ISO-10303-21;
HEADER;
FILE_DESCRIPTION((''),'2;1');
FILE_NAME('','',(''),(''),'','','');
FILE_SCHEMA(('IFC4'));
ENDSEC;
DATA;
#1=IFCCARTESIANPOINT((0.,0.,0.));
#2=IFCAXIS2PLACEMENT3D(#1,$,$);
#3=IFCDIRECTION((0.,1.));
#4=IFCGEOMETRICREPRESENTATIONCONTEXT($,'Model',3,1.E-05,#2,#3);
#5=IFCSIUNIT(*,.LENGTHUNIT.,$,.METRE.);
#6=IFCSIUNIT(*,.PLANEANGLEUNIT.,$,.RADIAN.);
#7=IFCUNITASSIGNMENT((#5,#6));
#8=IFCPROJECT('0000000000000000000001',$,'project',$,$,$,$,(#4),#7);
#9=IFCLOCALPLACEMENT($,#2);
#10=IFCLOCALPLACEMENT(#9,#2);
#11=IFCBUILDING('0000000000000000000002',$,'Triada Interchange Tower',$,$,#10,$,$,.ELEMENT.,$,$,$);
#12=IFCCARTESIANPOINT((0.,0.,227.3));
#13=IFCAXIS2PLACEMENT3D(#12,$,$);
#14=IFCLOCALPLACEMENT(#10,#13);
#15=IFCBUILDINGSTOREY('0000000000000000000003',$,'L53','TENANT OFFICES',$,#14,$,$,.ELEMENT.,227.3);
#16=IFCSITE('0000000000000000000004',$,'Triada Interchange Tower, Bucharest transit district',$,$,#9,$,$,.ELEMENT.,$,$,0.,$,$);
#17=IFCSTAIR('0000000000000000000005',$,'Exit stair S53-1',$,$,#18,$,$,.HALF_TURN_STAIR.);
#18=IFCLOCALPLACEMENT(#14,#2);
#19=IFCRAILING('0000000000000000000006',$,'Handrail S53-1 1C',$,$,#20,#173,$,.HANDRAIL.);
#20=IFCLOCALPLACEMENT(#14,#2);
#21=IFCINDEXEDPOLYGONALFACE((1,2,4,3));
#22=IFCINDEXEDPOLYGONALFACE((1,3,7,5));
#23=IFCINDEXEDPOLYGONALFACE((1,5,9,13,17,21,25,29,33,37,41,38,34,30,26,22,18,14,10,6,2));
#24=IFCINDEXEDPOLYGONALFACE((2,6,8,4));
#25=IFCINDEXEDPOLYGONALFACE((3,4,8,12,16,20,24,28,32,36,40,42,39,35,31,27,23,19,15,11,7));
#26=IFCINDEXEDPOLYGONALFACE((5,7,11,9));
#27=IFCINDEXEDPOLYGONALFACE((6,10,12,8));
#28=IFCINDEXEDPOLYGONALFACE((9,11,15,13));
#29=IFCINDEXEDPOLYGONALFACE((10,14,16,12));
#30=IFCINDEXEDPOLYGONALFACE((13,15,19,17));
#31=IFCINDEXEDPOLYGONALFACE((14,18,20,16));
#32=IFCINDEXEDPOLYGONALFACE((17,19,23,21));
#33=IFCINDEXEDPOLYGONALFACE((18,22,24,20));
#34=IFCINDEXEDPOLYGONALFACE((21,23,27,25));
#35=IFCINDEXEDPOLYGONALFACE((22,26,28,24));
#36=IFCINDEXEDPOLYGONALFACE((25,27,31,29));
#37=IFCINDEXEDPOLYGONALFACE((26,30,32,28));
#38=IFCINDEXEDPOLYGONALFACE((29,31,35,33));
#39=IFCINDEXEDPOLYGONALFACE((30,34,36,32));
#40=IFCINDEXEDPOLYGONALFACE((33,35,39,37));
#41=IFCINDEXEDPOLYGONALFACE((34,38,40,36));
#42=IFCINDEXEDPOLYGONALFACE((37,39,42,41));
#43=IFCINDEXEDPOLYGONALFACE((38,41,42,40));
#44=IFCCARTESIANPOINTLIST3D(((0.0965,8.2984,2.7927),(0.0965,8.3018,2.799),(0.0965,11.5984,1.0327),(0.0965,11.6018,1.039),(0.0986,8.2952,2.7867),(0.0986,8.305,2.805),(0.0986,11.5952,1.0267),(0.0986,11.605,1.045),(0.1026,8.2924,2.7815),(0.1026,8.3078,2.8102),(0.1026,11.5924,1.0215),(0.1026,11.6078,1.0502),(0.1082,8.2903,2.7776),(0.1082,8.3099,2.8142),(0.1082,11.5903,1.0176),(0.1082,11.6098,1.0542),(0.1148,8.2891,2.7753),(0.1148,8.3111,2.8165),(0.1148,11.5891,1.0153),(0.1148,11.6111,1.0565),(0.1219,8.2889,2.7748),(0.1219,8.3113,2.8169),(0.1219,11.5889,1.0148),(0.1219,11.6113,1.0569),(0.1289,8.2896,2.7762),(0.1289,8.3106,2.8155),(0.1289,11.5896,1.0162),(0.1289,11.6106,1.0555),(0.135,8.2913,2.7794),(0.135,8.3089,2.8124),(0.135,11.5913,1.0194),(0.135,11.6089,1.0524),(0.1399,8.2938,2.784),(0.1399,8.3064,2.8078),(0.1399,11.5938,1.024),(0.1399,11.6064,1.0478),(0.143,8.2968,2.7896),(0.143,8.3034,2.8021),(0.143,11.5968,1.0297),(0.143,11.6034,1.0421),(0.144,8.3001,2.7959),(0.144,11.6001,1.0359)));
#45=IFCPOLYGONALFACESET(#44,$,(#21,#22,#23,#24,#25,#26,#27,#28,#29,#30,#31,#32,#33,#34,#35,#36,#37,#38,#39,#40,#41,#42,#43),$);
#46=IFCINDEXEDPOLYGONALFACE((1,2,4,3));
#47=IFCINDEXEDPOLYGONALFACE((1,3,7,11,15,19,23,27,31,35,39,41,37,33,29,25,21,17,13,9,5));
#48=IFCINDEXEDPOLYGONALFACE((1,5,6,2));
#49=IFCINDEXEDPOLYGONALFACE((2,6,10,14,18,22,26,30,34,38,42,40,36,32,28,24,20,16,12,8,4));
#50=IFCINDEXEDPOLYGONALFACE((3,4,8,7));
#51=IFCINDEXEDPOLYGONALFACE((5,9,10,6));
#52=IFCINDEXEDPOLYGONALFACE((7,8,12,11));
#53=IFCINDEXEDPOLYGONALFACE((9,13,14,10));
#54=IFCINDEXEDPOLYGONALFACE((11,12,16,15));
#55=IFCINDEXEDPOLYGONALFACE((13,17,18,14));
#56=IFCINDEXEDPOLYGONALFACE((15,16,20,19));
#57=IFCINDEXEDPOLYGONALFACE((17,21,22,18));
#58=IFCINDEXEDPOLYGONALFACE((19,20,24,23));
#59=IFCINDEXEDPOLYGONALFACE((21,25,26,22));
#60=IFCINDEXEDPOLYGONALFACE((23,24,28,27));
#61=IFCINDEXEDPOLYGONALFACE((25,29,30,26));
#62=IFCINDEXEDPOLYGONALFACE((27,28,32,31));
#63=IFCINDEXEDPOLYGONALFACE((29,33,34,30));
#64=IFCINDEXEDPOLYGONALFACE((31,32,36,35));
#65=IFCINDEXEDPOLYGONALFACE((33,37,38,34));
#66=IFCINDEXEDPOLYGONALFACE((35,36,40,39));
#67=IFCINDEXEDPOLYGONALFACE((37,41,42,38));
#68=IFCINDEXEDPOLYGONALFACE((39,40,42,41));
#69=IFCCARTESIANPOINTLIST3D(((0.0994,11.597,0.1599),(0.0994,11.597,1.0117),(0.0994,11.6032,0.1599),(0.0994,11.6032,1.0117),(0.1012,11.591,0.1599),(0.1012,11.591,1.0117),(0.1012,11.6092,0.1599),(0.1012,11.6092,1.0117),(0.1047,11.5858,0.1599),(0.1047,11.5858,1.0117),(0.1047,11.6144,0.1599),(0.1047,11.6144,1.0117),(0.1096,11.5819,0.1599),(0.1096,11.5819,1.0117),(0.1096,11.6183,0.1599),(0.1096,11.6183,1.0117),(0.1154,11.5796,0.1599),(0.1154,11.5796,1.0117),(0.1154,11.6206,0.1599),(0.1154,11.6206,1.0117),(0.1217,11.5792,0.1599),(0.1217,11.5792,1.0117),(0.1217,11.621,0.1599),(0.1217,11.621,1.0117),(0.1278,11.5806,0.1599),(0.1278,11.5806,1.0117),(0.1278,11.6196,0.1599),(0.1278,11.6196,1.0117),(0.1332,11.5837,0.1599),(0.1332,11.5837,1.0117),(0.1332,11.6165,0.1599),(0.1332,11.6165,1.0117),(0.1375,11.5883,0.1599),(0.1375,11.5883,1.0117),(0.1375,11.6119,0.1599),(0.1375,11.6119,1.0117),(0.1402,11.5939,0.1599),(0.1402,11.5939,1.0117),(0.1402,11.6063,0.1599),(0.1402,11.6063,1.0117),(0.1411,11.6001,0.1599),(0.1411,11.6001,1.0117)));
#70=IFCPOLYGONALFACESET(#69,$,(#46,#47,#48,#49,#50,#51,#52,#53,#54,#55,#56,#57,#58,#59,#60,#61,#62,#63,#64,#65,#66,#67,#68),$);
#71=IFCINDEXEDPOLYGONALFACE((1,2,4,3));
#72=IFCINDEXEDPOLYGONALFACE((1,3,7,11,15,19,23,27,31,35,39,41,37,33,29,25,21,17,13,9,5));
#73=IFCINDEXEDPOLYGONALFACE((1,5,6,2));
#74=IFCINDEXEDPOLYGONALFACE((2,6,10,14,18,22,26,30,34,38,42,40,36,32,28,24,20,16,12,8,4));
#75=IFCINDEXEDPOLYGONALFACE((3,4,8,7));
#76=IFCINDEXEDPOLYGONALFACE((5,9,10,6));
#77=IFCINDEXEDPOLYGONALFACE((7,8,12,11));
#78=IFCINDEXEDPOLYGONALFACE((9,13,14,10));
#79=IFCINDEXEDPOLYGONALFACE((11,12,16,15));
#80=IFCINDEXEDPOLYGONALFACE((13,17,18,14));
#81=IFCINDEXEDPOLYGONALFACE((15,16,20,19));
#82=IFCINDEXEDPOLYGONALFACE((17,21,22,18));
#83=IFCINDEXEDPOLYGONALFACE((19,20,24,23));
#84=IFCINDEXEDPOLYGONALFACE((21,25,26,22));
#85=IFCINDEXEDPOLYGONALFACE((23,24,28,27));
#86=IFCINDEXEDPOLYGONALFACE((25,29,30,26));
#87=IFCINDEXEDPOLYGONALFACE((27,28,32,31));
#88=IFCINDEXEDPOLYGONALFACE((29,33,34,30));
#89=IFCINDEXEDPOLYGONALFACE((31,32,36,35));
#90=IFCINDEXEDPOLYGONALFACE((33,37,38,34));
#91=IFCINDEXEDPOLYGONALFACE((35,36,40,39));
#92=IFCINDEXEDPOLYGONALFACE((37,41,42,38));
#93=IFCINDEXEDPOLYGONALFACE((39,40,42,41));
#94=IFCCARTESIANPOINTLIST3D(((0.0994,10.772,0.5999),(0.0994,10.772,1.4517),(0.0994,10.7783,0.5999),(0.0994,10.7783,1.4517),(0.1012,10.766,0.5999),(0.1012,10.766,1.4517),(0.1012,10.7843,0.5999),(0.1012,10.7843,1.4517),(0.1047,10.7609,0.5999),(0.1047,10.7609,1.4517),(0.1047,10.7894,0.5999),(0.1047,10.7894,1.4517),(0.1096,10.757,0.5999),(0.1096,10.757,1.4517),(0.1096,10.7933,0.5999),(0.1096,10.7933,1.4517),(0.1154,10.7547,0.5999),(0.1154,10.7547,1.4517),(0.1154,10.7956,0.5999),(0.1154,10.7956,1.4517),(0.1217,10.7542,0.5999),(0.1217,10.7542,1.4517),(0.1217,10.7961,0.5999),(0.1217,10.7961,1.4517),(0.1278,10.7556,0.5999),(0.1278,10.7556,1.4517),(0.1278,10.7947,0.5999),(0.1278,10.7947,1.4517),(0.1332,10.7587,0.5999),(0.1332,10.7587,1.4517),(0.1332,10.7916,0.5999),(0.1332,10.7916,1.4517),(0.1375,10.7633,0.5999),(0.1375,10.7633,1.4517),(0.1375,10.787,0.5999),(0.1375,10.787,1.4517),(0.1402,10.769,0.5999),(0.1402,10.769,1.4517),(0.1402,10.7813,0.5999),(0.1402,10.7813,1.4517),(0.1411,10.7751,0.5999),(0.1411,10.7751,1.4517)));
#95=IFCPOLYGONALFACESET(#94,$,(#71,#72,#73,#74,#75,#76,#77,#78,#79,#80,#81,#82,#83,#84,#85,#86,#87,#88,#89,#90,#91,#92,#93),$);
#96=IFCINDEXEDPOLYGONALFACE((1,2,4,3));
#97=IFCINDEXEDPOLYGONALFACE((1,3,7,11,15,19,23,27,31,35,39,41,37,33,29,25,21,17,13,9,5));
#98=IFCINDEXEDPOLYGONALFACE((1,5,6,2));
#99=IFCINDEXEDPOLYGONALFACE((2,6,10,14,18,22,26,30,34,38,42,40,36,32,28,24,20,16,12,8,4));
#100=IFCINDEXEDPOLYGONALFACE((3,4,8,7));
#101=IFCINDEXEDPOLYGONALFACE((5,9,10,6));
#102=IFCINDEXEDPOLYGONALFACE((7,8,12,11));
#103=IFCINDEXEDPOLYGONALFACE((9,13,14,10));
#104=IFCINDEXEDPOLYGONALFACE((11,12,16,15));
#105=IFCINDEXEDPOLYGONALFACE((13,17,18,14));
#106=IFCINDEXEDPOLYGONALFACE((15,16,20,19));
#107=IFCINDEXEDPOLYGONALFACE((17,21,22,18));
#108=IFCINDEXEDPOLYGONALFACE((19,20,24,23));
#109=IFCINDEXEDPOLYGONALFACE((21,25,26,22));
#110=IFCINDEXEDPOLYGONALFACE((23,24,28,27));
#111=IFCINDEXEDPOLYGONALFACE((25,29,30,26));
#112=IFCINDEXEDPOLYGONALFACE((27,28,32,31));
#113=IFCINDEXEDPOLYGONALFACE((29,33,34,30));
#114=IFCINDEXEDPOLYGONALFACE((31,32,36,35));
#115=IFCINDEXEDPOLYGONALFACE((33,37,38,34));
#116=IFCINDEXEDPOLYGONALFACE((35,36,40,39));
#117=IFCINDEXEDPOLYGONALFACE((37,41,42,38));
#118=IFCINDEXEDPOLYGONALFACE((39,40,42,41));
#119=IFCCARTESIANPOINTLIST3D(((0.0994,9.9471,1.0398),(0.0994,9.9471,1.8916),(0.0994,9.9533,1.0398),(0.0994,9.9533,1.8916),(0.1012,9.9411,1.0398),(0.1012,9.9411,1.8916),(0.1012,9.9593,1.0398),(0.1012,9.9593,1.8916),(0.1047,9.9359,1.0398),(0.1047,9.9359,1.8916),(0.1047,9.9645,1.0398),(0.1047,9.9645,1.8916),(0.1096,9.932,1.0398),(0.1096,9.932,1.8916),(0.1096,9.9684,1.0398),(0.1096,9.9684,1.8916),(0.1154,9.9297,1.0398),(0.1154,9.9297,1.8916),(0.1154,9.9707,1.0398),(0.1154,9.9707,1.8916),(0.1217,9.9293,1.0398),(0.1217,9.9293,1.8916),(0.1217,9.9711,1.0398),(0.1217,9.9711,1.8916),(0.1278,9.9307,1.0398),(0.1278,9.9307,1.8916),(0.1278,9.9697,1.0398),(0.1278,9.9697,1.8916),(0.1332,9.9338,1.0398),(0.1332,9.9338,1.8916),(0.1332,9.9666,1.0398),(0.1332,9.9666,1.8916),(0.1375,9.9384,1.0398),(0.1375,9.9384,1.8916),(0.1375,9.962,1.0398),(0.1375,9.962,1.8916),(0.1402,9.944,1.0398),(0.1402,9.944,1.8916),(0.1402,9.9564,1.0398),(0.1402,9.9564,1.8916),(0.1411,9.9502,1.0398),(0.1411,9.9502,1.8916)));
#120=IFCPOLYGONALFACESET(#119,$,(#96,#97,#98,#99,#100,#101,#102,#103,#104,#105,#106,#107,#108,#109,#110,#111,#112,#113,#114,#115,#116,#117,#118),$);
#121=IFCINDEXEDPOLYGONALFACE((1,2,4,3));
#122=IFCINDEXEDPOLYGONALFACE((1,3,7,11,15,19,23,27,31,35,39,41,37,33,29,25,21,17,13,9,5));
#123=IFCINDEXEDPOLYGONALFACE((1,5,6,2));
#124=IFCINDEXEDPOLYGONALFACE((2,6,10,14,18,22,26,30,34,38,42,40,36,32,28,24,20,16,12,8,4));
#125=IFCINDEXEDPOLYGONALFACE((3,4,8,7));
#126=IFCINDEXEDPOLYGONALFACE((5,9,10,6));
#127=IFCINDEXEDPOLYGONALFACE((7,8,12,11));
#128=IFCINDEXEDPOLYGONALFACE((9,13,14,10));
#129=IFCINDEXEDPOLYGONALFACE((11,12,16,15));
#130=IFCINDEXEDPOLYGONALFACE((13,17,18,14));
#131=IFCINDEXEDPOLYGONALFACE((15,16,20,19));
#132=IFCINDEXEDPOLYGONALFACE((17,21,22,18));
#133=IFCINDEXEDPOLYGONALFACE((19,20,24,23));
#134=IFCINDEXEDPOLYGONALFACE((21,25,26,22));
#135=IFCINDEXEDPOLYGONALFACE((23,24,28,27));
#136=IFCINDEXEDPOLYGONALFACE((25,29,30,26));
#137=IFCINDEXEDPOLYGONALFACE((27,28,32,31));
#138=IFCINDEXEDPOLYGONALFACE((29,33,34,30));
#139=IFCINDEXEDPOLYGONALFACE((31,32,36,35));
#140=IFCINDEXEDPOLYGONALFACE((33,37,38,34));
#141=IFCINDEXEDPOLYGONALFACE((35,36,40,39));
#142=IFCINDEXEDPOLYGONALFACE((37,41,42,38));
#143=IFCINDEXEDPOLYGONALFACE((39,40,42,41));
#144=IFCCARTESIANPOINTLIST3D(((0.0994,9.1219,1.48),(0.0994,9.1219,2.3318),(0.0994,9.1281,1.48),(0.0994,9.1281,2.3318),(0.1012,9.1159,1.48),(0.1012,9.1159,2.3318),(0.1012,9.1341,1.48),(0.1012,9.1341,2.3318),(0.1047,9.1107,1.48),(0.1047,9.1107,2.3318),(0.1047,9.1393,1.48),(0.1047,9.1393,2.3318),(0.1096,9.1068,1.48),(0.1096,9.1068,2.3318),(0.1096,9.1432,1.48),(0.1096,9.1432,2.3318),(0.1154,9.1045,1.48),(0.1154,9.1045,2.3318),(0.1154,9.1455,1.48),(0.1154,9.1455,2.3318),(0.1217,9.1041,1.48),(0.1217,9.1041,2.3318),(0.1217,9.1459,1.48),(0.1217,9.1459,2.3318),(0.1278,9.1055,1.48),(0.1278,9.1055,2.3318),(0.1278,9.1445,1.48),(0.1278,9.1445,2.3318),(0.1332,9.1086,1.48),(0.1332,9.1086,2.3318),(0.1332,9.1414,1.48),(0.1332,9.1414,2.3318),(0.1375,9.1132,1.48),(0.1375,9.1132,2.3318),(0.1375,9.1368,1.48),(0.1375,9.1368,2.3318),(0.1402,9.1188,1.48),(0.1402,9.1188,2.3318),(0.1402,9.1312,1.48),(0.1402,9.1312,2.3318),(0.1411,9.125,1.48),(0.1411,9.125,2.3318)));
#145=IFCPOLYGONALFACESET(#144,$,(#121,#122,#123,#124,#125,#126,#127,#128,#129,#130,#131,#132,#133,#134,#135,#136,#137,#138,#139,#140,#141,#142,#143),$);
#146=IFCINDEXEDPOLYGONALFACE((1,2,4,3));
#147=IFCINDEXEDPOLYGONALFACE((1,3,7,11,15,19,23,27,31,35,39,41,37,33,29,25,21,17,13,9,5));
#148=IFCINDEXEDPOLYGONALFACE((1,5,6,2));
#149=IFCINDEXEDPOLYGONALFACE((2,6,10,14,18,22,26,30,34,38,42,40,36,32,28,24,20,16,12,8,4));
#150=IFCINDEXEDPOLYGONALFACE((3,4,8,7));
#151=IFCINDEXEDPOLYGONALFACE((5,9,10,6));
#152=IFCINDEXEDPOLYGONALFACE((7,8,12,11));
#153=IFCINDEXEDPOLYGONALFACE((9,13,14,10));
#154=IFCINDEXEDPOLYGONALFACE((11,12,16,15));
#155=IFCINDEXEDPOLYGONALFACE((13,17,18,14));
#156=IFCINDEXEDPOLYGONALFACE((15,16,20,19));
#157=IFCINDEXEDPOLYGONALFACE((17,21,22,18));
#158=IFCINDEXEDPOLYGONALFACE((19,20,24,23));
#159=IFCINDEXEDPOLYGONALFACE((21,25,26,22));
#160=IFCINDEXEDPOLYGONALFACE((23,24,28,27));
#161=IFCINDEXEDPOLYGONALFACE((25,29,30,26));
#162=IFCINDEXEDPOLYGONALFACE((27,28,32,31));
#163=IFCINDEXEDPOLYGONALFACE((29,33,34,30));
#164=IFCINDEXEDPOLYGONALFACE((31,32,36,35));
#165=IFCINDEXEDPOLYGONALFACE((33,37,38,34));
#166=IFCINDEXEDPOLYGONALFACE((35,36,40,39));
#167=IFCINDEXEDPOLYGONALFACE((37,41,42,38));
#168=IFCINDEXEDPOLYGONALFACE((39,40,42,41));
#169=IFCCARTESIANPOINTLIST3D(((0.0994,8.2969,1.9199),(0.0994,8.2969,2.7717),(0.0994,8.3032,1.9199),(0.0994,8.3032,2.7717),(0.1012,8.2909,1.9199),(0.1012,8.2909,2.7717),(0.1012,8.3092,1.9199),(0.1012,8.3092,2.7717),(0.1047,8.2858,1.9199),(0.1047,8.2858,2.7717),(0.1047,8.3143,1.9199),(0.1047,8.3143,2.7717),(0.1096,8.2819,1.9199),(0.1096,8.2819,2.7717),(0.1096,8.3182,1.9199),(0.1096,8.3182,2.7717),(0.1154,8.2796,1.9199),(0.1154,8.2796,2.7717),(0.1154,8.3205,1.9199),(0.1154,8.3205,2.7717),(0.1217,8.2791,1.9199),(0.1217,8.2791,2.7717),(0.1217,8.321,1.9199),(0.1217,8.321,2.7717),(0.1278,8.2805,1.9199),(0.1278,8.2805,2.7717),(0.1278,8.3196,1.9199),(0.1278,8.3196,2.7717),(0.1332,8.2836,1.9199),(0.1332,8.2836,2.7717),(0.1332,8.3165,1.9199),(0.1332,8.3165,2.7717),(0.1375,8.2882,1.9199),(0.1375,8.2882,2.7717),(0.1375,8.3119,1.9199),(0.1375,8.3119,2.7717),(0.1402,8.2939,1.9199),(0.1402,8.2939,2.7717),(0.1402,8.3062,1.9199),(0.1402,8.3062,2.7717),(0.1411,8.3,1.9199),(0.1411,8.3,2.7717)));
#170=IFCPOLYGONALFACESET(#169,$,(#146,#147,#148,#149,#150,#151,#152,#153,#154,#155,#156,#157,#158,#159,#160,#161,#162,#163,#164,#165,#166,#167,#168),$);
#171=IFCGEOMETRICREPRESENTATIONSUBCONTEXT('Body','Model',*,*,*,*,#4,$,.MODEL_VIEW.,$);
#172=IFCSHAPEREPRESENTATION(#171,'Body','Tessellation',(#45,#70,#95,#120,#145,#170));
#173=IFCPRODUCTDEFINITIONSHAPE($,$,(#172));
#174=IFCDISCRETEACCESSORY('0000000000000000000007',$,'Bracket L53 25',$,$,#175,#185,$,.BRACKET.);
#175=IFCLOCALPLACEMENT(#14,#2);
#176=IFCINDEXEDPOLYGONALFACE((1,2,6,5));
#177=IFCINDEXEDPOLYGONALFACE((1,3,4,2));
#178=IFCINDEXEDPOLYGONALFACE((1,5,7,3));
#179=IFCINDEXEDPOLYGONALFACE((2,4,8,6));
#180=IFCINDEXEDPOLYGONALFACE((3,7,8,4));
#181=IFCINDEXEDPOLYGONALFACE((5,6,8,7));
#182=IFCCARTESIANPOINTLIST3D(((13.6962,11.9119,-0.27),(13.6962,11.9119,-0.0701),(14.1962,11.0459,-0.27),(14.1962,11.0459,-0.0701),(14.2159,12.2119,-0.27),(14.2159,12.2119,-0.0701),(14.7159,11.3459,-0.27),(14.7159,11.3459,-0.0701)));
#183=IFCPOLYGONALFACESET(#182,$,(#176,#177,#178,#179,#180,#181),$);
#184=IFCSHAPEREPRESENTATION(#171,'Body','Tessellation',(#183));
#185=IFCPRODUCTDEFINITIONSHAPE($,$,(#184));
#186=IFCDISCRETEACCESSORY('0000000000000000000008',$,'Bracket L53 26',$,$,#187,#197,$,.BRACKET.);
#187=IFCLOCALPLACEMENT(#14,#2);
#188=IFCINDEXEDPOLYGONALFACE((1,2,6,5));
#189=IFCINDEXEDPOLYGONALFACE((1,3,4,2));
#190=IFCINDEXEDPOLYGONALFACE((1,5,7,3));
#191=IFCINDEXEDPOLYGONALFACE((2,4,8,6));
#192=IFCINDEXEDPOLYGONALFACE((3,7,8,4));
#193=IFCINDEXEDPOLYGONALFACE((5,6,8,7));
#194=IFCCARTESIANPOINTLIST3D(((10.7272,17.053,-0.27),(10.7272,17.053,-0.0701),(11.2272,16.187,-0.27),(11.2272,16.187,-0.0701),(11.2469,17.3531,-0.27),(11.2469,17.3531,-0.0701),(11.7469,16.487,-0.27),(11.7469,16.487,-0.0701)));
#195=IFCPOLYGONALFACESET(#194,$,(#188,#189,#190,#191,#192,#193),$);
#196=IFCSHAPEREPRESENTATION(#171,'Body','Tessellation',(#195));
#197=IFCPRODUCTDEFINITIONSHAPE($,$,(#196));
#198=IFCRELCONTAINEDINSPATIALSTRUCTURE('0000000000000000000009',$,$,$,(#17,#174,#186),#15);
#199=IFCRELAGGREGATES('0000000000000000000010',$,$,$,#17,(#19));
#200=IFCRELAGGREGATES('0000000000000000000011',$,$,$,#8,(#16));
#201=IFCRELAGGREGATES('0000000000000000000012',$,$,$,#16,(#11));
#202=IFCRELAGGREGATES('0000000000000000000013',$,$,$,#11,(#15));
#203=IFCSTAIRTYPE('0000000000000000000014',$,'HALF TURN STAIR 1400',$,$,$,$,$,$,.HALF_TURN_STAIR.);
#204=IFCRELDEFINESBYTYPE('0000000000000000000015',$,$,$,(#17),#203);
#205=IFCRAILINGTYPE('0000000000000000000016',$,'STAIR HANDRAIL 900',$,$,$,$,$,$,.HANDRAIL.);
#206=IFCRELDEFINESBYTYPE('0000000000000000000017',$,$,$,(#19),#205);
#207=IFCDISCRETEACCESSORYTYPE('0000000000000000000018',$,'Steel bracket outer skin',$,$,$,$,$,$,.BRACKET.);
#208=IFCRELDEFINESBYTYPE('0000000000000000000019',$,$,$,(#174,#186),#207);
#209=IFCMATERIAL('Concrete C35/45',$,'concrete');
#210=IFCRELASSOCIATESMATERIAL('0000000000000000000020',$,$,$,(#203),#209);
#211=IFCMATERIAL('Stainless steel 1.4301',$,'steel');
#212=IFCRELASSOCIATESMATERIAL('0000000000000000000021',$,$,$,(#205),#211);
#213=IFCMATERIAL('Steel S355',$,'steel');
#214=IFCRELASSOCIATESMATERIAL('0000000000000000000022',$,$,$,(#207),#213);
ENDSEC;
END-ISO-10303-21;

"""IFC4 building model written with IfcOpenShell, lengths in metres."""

from ifc_helpers import new_model, si_unit, direction, frame, origin, origin_2d, place, context, subcontext, project, spatial, rectangle, circle, extrude, material, type_object, element, aggregate, save


model = new_model("IFC4")

# Units and contexts
model_context = context("Model", 3, precision=1e-05, world=origin(), true_north=direction((0.0, 1.0)))
body_context = subcontext(model_context, "Body", "Model", "MODEL_VIEW")
ifc_project = project(units=[si_unit("LENGTHUNIT", "METRE"), si_unit("PLANEANGLEUNIT", "RADIAN")], contexts=[model_context])

# Site, building, storey
site_placement = place(None, origin())
site = spatial("IfcSite", under=ifc_project, at=site_placement, Name="Triada Interchange Tower, Bucharest transit district", CompositionType="ELEMENT", RefElevation=0.0)
building_placement = place(site_placement, origin())
building = spatial("IfcBuilding", under=site, at=building_placement, Name="Triada Interchange Tower", CompositionType="ELEMENT")
storey_placement = place(building_placement, frame((0.0, 0.0, 227.3)))
storey = spatial("IfcBuildingStorey", under=building, at=storey_placement, Name="L53", Description="TENANT OFFICES", CompositionType="ELEMENT", Elevation=227.3)

# Stair
ifc_material_1 = material(Name="Concrete C35/45", Category="concrete")
stair_type = type_object("IfcStairType", Name="HALF TURN STAIR 1400", PredefinedType="HALF_TURN_STAIR", material=ifc_material_1)
stair_placement = place(storey_placement, origin())
stair = element("IfcStair", 1, at=stair_placement, inside=storey, type_object=stair_type, Name="Exit stair S53-1", PredefinedType="HALF_TURN_STAIR")

# Railing
ifc_material_2 = material(Name="Stainless steel 1.4301", Category="steel")
railing_type = type_object("IfcRailingType", Name="STAIR HANDRAIL 900", PredefinedType="HANDRAIL", material=ifc_material_2)
railing_1_placement = place(storey_placement, frame((0.1201, 11.6001, 0.1599)))
railing_1 = element("IfcRailing", 2, at=railing_1_placement, type_object=railing_type, Name="Handrail S53-1 1C", PredefinedType="HANDRAIL", context=body_context, shape_type="SweptSolid", body=[
    extrude(circle(Radius=0.0239, at=origin_2d()), frame((0.0, 0.0, 0.876), z_axis=(0.0, -0.882355, 0.470585), x_axis=(1.0, 0.0, 0.0)), (0.0, 0.0, 1.0), 3.74),
    extrude(circle(Radius=0.021, at=origin_2d()), origin(), (0.0, 0.0, 1.0), 0.8518),
    extrude(circle(Radius=0.021, at=origin_2d()), frame((0.0, -0.825, 0.4399)), (0.0, 0.0, 1.0), 0.8518),
    extrude(circle(Radius=0.021, at=origin_2d()), frame((0.0, -1.6499, 0.8799)), (0.0, 0.0, 1.0), 0.8518),
    extrude(circle(Radius=0.021, at=origin_2d()), frame((0.0, -2.4751, 1.3201)), (0.0, 0.0, 1.0), 0.8518),
    extrude(circle(Radius=0.021, at=origin_2d()), frame((0.0, -3.3, 1.76)), (0.0, 0.0, 1.0), 0.8518),
])
aggregate(stair, [railing_1])

# Discrete accessories
ifc_material_3 = material(Name="Steel S355", Category="steel")
discrete_accessory_type = type_object("IfcDiscreteAccessoryType", Name="Steel bracket outer skin", PredefinedType="BRACKET", material=ifc_material_3)
for number, where, z_axis, x_axis, name in (
    (3, (14.2061, 11.6289, -0.27), (0.0, 0.0, 1.0), (0.866014, 0.500019, 0.0), "Bracket L53 25"),
    (4, (11.2371, 16.77, -0.27), (0.0, 0.0, 1.0), (0.866014, 0.500019, 0.0), "Bracket L53 26"),
):
    element("IfcDiscreteAccessory", number, at=place(storey_placement, frame(where, z_axis=z_axis, x_axis=x_axis)), inside=storey, type_object=discrete_accessory_type, Name=name, PredefinedType="BRACKET", context=body_context, shape_type="SweptSolid", body=[
        extrude(rectangle(XDim=0.6001, YDim=1.0, at=origin_2d()), origin(), (0.0, 0.0, 1.0), 0.2),
    ])

save(model, "model.ifc")
